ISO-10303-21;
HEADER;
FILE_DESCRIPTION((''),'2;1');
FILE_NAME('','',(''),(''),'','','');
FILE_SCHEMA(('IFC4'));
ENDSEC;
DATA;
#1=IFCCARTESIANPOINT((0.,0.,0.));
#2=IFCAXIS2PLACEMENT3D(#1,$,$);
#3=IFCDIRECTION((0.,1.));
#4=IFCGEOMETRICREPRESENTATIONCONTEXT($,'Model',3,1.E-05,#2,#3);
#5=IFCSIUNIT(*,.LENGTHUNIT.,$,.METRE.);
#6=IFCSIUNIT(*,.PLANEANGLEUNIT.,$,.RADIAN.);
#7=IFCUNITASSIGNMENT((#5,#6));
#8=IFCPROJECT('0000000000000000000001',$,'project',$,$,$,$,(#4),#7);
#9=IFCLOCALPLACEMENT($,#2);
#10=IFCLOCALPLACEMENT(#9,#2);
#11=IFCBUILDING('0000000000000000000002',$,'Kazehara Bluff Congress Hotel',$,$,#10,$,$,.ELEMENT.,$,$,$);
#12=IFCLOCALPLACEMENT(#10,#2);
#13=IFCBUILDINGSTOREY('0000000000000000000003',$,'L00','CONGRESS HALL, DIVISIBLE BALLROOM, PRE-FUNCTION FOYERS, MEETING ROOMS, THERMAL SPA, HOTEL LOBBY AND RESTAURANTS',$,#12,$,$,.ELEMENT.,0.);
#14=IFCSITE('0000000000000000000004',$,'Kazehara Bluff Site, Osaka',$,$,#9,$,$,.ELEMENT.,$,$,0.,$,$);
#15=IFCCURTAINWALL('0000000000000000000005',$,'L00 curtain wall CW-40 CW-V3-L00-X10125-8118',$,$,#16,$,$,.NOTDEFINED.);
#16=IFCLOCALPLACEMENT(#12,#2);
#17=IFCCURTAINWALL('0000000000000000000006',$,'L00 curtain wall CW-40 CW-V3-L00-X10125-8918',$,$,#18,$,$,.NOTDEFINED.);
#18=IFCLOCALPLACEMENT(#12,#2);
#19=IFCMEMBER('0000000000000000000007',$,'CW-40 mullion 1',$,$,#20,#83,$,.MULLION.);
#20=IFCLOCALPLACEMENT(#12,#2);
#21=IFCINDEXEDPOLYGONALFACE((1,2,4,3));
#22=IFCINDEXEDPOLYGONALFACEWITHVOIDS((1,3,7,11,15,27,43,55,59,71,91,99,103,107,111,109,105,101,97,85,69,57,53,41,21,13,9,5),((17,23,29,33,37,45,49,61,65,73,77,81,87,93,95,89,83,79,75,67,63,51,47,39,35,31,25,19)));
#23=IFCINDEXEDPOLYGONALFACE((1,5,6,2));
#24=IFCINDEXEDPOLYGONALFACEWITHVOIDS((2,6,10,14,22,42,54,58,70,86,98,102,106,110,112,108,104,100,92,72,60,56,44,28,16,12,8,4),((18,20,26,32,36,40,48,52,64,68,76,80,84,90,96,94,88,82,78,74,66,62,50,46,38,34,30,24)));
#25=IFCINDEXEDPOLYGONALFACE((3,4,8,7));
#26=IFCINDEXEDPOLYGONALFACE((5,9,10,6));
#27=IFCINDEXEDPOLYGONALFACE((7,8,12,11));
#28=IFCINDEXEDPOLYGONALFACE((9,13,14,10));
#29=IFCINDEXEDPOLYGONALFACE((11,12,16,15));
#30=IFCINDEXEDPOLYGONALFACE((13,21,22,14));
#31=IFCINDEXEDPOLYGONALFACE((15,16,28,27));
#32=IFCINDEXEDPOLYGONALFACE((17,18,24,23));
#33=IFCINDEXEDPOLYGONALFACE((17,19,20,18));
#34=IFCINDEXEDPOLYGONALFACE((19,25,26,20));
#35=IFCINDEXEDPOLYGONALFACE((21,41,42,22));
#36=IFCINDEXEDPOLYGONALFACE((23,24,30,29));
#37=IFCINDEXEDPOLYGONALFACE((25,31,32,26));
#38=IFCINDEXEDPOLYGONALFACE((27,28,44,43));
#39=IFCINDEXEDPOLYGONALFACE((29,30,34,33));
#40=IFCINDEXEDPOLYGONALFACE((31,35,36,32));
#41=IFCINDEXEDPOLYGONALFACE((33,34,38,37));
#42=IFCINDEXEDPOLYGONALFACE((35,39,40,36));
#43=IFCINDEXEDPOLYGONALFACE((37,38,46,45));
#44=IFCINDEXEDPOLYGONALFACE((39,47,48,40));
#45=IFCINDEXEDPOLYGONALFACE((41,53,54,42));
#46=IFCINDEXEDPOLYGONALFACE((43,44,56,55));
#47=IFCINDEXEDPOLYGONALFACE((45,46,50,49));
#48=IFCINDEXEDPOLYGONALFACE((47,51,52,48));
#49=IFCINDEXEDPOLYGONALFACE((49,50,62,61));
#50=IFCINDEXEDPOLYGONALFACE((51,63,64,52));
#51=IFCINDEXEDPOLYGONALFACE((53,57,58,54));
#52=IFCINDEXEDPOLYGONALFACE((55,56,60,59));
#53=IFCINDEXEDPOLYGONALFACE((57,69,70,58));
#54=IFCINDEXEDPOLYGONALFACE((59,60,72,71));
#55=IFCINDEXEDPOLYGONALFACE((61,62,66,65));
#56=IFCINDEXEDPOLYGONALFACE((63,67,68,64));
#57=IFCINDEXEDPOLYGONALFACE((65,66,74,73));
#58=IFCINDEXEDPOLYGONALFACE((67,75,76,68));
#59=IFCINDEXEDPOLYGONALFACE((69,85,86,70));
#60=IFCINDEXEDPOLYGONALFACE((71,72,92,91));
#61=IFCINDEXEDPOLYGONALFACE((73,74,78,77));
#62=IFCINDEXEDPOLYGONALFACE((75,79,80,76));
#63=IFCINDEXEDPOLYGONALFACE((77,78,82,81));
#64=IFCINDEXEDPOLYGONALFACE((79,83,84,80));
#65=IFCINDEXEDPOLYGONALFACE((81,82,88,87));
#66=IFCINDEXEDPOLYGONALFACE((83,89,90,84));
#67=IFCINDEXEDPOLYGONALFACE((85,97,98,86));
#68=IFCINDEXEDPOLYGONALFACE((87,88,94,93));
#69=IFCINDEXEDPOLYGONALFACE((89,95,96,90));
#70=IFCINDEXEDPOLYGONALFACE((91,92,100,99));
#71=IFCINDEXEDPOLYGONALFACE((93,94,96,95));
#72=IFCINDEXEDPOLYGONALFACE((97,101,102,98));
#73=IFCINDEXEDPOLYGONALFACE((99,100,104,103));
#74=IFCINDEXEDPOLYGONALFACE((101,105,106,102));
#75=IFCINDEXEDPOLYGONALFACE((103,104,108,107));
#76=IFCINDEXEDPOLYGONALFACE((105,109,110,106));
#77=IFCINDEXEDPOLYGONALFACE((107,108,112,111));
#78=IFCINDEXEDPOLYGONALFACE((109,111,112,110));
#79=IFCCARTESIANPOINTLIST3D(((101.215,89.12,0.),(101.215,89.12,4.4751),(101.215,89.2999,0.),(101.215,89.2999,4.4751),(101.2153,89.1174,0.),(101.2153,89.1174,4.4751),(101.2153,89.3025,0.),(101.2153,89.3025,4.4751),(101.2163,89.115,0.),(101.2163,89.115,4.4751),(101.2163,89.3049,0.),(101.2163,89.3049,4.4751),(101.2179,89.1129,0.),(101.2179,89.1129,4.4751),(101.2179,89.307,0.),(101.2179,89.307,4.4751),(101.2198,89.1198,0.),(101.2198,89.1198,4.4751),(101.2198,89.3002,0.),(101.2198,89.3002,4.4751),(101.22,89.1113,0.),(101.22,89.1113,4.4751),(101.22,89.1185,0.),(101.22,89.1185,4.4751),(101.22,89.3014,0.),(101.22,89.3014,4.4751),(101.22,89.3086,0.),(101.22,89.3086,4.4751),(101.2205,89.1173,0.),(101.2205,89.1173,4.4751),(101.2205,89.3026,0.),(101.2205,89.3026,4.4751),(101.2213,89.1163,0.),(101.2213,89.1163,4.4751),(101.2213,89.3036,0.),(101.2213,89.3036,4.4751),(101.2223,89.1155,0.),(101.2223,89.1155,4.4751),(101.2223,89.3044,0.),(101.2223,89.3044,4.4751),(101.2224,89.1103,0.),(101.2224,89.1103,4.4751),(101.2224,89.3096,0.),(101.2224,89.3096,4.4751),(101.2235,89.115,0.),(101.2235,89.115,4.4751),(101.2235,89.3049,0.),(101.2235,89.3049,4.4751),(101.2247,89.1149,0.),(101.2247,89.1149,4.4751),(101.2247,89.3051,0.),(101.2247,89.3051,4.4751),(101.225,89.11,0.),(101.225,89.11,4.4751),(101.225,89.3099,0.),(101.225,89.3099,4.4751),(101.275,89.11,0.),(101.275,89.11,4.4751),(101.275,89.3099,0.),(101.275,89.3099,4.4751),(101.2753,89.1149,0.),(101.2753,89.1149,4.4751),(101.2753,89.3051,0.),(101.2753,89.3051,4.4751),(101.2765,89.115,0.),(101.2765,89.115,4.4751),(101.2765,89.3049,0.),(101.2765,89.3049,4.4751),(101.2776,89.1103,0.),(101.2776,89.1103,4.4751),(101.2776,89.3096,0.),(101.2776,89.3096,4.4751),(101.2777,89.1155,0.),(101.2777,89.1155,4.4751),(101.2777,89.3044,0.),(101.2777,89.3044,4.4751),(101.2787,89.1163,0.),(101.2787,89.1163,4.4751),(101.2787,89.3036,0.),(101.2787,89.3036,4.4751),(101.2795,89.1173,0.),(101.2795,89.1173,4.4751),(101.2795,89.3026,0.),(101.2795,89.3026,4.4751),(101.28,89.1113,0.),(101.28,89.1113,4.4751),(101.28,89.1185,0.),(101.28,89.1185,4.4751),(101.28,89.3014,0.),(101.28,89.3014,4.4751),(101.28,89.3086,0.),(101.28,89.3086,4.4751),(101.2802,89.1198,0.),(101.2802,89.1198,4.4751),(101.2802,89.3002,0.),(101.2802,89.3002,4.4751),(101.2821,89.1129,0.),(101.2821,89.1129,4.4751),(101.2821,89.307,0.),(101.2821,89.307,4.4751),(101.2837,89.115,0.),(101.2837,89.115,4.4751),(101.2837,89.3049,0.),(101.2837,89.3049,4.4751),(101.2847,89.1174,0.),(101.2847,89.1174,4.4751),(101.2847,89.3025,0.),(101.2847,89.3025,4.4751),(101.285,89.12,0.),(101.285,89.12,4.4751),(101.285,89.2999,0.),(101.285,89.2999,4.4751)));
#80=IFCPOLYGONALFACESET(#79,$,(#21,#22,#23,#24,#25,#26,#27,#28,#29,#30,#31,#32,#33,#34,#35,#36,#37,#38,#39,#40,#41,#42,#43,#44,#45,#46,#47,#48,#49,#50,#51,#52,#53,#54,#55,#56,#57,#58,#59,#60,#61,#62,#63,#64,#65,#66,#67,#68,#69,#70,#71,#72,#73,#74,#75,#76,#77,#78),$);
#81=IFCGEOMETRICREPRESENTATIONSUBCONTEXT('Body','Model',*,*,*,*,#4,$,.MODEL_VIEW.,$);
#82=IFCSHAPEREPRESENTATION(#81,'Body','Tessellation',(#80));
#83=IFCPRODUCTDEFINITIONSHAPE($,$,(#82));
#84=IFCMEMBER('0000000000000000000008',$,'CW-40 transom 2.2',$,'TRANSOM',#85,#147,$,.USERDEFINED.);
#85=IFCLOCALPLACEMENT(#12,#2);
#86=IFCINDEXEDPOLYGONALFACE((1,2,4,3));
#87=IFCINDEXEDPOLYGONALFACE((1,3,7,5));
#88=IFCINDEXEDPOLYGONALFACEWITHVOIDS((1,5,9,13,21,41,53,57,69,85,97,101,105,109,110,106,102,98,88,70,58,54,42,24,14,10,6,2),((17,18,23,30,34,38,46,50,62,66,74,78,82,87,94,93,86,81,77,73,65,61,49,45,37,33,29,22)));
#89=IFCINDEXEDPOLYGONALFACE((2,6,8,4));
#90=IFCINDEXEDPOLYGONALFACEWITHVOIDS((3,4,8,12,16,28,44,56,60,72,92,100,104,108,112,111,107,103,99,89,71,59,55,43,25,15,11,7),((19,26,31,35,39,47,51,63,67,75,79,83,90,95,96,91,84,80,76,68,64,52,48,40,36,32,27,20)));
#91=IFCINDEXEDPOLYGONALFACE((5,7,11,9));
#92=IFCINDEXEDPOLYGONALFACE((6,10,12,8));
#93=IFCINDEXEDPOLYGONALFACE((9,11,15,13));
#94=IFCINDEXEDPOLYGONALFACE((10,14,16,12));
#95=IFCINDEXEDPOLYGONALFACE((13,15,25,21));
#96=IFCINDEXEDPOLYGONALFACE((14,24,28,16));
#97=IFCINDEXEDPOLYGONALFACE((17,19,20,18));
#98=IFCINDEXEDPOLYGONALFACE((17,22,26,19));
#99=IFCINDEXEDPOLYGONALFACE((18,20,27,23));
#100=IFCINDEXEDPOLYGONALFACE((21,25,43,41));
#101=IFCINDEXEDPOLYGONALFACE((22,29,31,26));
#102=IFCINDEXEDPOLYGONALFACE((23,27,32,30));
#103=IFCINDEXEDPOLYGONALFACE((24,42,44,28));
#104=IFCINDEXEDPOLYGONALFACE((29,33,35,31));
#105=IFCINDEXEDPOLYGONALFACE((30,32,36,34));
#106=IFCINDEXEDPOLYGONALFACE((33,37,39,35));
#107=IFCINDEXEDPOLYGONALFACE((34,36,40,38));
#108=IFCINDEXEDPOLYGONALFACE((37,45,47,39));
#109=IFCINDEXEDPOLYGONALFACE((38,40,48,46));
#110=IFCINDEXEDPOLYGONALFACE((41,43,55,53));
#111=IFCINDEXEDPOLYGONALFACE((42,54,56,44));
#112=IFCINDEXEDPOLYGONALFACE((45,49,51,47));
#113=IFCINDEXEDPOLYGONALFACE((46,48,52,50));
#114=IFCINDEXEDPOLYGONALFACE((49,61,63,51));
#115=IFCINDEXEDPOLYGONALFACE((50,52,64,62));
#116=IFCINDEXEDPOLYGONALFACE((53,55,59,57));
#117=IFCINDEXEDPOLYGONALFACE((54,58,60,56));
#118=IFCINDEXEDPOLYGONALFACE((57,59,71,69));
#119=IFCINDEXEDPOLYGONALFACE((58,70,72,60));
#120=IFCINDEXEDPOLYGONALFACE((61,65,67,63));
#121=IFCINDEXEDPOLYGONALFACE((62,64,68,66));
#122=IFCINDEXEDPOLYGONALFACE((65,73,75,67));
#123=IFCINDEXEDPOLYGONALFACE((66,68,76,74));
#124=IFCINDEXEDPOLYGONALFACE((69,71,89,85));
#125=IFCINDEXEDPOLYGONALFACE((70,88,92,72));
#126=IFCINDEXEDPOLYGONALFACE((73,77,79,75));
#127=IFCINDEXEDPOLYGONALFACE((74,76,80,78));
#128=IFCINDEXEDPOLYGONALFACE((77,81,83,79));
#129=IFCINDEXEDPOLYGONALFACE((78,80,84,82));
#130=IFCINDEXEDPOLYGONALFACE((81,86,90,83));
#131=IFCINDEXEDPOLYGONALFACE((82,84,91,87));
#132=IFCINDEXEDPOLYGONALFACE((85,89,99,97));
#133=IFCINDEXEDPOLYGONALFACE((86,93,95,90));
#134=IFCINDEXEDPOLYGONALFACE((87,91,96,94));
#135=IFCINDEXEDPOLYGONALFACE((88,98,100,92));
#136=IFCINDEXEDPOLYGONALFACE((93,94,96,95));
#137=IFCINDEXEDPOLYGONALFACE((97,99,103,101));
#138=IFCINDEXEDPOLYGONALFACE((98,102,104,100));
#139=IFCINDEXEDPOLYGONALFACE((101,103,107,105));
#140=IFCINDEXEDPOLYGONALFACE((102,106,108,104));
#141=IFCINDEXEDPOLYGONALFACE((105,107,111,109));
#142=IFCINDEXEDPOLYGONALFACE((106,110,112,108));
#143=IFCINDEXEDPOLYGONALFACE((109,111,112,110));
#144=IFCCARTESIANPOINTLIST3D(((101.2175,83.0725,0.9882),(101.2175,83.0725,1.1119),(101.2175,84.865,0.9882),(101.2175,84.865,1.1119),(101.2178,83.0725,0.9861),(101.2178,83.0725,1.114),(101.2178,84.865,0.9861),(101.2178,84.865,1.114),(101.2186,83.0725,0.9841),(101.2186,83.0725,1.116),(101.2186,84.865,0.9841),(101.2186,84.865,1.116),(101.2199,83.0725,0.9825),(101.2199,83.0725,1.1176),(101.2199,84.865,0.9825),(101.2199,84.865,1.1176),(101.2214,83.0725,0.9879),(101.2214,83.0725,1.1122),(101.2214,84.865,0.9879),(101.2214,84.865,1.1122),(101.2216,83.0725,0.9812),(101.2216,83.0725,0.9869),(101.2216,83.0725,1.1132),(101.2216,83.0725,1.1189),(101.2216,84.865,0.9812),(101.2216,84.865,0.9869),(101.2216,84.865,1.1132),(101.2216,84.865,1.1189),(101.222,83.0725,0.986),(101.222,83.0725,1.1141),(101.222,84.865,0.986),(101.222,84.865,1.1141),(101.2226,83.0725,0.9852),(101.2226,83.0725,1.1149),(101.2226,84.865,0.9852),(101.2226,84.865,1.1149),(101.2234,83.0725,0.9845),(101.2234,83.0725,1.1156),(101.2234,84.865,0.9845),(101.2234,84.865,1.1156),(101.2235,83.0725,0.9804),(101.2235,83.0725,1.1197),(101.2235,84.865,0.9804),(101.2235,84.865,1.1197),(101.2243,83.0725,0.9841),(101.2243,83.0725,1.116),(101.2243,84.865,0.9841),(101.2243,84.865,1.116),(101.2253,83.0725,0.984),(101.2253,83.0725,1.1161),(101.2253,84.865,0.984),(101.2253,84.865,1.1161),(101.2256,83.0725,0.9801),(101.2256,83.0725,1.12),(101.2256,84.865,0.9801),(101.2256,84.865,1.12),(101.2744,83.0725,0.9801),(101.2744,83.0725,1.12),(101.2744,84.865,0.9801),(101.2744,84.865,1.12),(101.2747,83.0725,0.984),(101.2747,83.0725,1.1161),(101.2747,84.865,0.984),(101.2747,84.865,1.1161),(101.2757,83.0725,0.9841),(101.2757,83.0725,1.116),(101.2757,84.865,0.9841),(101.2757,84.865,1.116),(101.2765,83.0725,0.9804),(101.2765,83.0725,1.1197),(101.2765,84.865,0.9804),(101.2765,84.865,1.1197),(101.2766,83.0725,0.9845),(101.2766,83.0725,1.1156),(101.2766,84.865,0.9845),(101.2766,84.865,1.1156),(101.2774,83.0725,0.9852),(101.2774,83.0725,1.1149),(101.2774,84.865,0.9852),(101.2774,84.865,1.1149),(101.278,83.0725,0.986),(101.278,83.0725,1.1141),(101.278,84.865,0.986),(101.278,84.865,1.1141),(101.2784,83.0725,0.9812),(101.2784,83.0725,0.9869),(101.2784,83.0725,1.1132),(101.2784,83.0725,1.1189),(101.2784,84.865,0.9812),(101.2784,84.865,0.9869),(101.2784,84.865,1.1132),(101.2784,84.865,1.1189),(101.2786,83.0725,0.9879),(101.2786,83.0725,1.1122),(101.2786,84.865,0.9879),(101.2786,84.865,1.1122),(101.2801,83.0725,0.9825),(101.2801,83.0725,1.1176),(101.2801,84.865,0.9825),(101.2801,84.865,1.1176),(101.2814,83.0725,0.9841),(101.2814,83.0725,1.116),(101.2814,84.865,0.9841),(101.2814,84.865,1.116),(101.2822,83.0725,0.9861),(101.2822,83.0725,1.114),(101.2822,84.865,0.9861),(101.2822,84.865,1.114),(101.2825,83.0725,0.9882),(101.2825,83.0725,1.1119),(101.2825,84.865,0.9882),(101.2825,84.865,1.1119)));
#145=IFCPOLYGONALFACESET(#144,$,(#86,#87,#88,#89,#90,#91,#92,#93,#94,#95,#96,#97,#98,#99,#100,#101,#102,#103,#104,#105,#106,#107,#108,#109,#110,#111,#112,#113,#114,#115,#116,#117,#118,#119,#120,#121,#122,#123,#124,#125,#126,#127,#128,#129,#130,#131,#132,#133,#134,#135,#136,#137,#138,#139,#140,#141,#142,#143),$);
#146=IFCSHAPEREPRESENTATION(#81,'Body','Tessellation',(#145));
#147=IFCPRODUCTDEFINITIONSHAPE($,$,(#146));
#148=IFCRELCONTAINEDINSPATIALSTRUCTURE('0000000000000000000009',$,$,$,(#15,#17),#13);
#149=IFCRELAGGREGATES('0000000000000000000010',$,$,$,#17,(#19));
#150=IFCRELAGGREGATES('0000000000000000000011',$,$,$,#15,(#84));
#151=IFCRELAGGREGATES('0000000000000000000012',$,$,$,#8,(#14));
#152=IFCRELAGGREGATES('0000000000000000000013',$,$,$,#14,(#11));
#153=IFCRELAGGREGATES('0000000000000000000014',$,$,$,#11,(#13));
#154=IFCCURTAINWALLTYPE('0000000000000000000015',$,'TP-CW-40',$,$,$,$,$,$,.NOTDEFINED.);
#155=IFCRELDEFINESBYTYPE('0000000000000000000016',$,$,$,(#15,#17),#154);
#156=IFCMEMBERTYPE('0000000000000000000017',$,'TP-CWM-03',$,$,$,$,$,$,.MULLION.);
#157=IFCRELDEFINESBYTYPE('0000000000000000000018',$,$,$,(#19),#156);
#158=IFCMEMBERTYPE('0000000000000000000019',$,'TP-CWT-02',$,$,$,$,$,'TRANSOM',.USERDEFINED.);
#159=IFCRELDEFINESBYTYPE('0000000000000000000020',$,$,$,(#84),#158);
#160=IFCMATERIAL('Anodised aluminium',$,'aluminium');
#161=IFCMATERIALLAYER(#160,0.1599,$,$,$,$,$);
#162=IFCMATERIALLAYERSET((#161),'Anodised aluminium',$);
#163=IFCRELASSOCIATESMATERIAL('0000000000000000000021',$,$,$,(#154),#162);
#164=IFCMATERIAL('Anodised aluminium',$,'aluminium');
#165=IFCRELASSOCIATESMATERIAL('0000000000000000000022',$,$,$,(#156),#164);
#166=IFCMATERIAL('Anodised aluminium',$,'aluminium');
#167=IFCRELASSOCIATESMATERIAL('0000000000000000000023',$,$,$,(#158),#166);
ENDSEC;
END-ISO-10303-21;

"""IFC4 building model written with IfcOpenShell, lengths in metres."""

from ifc_helpers import new_model, si_unit, direction, frame, origin, origin_2d, place, context, subcontext, project, spatial, hollow_rectangle, extrude, material, layer, layer_set, material_profile, profile_set, type_object, element, aggregate, save


model = new_model("IFC4")

# Units and contexts
model_context = context("Model", 3, precision=1e-05, world=origin(), true_north=direction((0.0, 1.0)))
body_context = subcontext(model_context, "Body", "Model", "MODEL_VIEW")
ifc_project = project(units=[si_unit("LENGTHUNIT", "METRE"), si_unit("PLANEANGLEUNIT", "RADIAN")], contexts=[model_context])

# Site, building, storey
site_placement = place(None, origin())
site = spatial("IfcSite", under=ifc_project, at=site_placement, Name="Kazehara Bluff Site, Osaka", CompositionType="ELEMENT", RefElevation=0.0)
building_placement = place(site_placement, origin())
building = spatial("IfcBuilding", under=site, at=building_placement, Name="Kazehara Bluff Congress Hotel", CompositionType="ELEMENT")
storey_placement = place(building_placement, origin())
storey = spatial("IfcBuildingStorey", under=building, at=storey_placement, Name="L00", Description="CONGRESS HALL, DIVISIBLE BALLROOM, PRE-FUNCTION FOYERS, MEETING ROOMS, THERMAL SPA, HOTEL LOBBY AND RESTAURANTS", CompositionType="ELEMENT", Elevation=0.0)

# Curtain wall
ifc_material_1 = material(Name="Anodised aluminium", Category="aluminium")
ifc_layer_1 = layer(ifc_material_1, 0.1599)
ifc_layer_set_1 = layer_set([ifc_layer_1], Name="Anodised aluminium")
curtain_wall_type = type_object("IfcCurtainWallType", Name="TP-CW-40", PredefinedType="NOTDEFINED", material=ifc_layer_set_1)
curtain_wall_1_placement = place(storey_placement, origin())
curtain_wall_1 = element("IfcCurtainWall", 1, at=curtain_wall_1_placement, inside=storey, type_object=curtain_wall_type, Name="L00 curtain wall CW-40 CW-V3-L00-X10125-8118", PredefinedType="NOTDEFINED")
ifc_material_2 = material(Name="Anodised aluminium", Category="aluminium")
ifc_material_profile_1 = material_profile(ifc_material_2, hollow_rectangle(XDim=0.0701, YDim=0.2, WallThickness=0.0049, InnerFilletRadius=0.0049, OuterFilletRadius=0.01, at=origin_2d()))
ifc_profile_set_1 = profile_set([ifc_material_profile_1], Name="Anodised aluminium")
member_type_1 = type_object("IfcMemberType", Name="TP-CWM-03", PredefinedType="MULLION", material=ifc_profile_set_1)

# Curtain wall, member
curtain_wall_2_placement = place(storey_placement, origin())
curtain_wall_2 = element("IfcCurtainWall", 2, at=curtain_wall_2_placement, inside=storey, type_object=curtain_wall_type, Name="L00 curtain wall CW-40 CW-V3-L00-X10125-8918", PredefinedType="NOTDEFINED")
member_1_placement = place(storey_placement, frame((101.25, 89.21, 0.0), z_axis=(0.0, 0.0, 1.0), x_axis=(-1.0, 0.0, 0.0)))
member_1 = element("IfcMember", 3, at=member_1_placement, type_object=member_type_1, Name="CW-40 mullion 1", PredefinedType="MULLION", context=body_context, shape_type="SweptSolid", body=[
    extrude(hollow_rectangle(XDim=0.0701, YDim=0.2, WallThickness=0.0049, InnerFilletRadius=0.0049, OuterFilletRadius=0.01, at=origin_2d()), origin(), (0.0, 0.0, 1.0), 4.4751),
])

# Member
ifc_material_3 = material(Name="Anodised aluminium", Category="aluminium")
ifc_material_profile_2 = material_profile(ifc_material_3, hollow_rectangle(XDim=0.0649, YDim=0.1399, WallThickness=0.0039, InnerFilletRadius=0.0039, OuterFilletRadius=0.0081, at=origin_2d()))
ifc_profile_set_2 = profile_set([ifc_material_profile_2], Name="Anodised aluminium")
member_type_2 = type_object("IfcMemberType", Name="TP-CWT-02", ElementType="TRANSOM", PredefinedType="USERDEFINED", material=ifc_profile_set_2)
member_2_placement = place(storey_placement, frame((101.25, 83.0725, 1.05), z_axis=(0.0, 1.0, 0.0), x_axis=(-1.0, 0.0, 0.0)))
member_2 = element("IfcMember", 4, at=member_2_placement, type_object=member_type_2, Name="CW-40 transom 2.2", ObjectType="TRANSOM", PredefinedType="USERDEFINED", context=body_context, shape_type="SweptSolid", body=[
    extrude(hollow_rectangle(XDim=0.0649, YDim=0.1399, WallThickness=0.0039, InnerFilletRadius=0.0039, OuterFilletRadius=0.0081, at=origin_2d()), origin(), (0.0, 0.0, 1.0), 1.7925),
])
aggregate(curtain_wall_2, [member_1])

aggregate(curtain_wall_1, [member_2])

save(model, "model.ifc")
